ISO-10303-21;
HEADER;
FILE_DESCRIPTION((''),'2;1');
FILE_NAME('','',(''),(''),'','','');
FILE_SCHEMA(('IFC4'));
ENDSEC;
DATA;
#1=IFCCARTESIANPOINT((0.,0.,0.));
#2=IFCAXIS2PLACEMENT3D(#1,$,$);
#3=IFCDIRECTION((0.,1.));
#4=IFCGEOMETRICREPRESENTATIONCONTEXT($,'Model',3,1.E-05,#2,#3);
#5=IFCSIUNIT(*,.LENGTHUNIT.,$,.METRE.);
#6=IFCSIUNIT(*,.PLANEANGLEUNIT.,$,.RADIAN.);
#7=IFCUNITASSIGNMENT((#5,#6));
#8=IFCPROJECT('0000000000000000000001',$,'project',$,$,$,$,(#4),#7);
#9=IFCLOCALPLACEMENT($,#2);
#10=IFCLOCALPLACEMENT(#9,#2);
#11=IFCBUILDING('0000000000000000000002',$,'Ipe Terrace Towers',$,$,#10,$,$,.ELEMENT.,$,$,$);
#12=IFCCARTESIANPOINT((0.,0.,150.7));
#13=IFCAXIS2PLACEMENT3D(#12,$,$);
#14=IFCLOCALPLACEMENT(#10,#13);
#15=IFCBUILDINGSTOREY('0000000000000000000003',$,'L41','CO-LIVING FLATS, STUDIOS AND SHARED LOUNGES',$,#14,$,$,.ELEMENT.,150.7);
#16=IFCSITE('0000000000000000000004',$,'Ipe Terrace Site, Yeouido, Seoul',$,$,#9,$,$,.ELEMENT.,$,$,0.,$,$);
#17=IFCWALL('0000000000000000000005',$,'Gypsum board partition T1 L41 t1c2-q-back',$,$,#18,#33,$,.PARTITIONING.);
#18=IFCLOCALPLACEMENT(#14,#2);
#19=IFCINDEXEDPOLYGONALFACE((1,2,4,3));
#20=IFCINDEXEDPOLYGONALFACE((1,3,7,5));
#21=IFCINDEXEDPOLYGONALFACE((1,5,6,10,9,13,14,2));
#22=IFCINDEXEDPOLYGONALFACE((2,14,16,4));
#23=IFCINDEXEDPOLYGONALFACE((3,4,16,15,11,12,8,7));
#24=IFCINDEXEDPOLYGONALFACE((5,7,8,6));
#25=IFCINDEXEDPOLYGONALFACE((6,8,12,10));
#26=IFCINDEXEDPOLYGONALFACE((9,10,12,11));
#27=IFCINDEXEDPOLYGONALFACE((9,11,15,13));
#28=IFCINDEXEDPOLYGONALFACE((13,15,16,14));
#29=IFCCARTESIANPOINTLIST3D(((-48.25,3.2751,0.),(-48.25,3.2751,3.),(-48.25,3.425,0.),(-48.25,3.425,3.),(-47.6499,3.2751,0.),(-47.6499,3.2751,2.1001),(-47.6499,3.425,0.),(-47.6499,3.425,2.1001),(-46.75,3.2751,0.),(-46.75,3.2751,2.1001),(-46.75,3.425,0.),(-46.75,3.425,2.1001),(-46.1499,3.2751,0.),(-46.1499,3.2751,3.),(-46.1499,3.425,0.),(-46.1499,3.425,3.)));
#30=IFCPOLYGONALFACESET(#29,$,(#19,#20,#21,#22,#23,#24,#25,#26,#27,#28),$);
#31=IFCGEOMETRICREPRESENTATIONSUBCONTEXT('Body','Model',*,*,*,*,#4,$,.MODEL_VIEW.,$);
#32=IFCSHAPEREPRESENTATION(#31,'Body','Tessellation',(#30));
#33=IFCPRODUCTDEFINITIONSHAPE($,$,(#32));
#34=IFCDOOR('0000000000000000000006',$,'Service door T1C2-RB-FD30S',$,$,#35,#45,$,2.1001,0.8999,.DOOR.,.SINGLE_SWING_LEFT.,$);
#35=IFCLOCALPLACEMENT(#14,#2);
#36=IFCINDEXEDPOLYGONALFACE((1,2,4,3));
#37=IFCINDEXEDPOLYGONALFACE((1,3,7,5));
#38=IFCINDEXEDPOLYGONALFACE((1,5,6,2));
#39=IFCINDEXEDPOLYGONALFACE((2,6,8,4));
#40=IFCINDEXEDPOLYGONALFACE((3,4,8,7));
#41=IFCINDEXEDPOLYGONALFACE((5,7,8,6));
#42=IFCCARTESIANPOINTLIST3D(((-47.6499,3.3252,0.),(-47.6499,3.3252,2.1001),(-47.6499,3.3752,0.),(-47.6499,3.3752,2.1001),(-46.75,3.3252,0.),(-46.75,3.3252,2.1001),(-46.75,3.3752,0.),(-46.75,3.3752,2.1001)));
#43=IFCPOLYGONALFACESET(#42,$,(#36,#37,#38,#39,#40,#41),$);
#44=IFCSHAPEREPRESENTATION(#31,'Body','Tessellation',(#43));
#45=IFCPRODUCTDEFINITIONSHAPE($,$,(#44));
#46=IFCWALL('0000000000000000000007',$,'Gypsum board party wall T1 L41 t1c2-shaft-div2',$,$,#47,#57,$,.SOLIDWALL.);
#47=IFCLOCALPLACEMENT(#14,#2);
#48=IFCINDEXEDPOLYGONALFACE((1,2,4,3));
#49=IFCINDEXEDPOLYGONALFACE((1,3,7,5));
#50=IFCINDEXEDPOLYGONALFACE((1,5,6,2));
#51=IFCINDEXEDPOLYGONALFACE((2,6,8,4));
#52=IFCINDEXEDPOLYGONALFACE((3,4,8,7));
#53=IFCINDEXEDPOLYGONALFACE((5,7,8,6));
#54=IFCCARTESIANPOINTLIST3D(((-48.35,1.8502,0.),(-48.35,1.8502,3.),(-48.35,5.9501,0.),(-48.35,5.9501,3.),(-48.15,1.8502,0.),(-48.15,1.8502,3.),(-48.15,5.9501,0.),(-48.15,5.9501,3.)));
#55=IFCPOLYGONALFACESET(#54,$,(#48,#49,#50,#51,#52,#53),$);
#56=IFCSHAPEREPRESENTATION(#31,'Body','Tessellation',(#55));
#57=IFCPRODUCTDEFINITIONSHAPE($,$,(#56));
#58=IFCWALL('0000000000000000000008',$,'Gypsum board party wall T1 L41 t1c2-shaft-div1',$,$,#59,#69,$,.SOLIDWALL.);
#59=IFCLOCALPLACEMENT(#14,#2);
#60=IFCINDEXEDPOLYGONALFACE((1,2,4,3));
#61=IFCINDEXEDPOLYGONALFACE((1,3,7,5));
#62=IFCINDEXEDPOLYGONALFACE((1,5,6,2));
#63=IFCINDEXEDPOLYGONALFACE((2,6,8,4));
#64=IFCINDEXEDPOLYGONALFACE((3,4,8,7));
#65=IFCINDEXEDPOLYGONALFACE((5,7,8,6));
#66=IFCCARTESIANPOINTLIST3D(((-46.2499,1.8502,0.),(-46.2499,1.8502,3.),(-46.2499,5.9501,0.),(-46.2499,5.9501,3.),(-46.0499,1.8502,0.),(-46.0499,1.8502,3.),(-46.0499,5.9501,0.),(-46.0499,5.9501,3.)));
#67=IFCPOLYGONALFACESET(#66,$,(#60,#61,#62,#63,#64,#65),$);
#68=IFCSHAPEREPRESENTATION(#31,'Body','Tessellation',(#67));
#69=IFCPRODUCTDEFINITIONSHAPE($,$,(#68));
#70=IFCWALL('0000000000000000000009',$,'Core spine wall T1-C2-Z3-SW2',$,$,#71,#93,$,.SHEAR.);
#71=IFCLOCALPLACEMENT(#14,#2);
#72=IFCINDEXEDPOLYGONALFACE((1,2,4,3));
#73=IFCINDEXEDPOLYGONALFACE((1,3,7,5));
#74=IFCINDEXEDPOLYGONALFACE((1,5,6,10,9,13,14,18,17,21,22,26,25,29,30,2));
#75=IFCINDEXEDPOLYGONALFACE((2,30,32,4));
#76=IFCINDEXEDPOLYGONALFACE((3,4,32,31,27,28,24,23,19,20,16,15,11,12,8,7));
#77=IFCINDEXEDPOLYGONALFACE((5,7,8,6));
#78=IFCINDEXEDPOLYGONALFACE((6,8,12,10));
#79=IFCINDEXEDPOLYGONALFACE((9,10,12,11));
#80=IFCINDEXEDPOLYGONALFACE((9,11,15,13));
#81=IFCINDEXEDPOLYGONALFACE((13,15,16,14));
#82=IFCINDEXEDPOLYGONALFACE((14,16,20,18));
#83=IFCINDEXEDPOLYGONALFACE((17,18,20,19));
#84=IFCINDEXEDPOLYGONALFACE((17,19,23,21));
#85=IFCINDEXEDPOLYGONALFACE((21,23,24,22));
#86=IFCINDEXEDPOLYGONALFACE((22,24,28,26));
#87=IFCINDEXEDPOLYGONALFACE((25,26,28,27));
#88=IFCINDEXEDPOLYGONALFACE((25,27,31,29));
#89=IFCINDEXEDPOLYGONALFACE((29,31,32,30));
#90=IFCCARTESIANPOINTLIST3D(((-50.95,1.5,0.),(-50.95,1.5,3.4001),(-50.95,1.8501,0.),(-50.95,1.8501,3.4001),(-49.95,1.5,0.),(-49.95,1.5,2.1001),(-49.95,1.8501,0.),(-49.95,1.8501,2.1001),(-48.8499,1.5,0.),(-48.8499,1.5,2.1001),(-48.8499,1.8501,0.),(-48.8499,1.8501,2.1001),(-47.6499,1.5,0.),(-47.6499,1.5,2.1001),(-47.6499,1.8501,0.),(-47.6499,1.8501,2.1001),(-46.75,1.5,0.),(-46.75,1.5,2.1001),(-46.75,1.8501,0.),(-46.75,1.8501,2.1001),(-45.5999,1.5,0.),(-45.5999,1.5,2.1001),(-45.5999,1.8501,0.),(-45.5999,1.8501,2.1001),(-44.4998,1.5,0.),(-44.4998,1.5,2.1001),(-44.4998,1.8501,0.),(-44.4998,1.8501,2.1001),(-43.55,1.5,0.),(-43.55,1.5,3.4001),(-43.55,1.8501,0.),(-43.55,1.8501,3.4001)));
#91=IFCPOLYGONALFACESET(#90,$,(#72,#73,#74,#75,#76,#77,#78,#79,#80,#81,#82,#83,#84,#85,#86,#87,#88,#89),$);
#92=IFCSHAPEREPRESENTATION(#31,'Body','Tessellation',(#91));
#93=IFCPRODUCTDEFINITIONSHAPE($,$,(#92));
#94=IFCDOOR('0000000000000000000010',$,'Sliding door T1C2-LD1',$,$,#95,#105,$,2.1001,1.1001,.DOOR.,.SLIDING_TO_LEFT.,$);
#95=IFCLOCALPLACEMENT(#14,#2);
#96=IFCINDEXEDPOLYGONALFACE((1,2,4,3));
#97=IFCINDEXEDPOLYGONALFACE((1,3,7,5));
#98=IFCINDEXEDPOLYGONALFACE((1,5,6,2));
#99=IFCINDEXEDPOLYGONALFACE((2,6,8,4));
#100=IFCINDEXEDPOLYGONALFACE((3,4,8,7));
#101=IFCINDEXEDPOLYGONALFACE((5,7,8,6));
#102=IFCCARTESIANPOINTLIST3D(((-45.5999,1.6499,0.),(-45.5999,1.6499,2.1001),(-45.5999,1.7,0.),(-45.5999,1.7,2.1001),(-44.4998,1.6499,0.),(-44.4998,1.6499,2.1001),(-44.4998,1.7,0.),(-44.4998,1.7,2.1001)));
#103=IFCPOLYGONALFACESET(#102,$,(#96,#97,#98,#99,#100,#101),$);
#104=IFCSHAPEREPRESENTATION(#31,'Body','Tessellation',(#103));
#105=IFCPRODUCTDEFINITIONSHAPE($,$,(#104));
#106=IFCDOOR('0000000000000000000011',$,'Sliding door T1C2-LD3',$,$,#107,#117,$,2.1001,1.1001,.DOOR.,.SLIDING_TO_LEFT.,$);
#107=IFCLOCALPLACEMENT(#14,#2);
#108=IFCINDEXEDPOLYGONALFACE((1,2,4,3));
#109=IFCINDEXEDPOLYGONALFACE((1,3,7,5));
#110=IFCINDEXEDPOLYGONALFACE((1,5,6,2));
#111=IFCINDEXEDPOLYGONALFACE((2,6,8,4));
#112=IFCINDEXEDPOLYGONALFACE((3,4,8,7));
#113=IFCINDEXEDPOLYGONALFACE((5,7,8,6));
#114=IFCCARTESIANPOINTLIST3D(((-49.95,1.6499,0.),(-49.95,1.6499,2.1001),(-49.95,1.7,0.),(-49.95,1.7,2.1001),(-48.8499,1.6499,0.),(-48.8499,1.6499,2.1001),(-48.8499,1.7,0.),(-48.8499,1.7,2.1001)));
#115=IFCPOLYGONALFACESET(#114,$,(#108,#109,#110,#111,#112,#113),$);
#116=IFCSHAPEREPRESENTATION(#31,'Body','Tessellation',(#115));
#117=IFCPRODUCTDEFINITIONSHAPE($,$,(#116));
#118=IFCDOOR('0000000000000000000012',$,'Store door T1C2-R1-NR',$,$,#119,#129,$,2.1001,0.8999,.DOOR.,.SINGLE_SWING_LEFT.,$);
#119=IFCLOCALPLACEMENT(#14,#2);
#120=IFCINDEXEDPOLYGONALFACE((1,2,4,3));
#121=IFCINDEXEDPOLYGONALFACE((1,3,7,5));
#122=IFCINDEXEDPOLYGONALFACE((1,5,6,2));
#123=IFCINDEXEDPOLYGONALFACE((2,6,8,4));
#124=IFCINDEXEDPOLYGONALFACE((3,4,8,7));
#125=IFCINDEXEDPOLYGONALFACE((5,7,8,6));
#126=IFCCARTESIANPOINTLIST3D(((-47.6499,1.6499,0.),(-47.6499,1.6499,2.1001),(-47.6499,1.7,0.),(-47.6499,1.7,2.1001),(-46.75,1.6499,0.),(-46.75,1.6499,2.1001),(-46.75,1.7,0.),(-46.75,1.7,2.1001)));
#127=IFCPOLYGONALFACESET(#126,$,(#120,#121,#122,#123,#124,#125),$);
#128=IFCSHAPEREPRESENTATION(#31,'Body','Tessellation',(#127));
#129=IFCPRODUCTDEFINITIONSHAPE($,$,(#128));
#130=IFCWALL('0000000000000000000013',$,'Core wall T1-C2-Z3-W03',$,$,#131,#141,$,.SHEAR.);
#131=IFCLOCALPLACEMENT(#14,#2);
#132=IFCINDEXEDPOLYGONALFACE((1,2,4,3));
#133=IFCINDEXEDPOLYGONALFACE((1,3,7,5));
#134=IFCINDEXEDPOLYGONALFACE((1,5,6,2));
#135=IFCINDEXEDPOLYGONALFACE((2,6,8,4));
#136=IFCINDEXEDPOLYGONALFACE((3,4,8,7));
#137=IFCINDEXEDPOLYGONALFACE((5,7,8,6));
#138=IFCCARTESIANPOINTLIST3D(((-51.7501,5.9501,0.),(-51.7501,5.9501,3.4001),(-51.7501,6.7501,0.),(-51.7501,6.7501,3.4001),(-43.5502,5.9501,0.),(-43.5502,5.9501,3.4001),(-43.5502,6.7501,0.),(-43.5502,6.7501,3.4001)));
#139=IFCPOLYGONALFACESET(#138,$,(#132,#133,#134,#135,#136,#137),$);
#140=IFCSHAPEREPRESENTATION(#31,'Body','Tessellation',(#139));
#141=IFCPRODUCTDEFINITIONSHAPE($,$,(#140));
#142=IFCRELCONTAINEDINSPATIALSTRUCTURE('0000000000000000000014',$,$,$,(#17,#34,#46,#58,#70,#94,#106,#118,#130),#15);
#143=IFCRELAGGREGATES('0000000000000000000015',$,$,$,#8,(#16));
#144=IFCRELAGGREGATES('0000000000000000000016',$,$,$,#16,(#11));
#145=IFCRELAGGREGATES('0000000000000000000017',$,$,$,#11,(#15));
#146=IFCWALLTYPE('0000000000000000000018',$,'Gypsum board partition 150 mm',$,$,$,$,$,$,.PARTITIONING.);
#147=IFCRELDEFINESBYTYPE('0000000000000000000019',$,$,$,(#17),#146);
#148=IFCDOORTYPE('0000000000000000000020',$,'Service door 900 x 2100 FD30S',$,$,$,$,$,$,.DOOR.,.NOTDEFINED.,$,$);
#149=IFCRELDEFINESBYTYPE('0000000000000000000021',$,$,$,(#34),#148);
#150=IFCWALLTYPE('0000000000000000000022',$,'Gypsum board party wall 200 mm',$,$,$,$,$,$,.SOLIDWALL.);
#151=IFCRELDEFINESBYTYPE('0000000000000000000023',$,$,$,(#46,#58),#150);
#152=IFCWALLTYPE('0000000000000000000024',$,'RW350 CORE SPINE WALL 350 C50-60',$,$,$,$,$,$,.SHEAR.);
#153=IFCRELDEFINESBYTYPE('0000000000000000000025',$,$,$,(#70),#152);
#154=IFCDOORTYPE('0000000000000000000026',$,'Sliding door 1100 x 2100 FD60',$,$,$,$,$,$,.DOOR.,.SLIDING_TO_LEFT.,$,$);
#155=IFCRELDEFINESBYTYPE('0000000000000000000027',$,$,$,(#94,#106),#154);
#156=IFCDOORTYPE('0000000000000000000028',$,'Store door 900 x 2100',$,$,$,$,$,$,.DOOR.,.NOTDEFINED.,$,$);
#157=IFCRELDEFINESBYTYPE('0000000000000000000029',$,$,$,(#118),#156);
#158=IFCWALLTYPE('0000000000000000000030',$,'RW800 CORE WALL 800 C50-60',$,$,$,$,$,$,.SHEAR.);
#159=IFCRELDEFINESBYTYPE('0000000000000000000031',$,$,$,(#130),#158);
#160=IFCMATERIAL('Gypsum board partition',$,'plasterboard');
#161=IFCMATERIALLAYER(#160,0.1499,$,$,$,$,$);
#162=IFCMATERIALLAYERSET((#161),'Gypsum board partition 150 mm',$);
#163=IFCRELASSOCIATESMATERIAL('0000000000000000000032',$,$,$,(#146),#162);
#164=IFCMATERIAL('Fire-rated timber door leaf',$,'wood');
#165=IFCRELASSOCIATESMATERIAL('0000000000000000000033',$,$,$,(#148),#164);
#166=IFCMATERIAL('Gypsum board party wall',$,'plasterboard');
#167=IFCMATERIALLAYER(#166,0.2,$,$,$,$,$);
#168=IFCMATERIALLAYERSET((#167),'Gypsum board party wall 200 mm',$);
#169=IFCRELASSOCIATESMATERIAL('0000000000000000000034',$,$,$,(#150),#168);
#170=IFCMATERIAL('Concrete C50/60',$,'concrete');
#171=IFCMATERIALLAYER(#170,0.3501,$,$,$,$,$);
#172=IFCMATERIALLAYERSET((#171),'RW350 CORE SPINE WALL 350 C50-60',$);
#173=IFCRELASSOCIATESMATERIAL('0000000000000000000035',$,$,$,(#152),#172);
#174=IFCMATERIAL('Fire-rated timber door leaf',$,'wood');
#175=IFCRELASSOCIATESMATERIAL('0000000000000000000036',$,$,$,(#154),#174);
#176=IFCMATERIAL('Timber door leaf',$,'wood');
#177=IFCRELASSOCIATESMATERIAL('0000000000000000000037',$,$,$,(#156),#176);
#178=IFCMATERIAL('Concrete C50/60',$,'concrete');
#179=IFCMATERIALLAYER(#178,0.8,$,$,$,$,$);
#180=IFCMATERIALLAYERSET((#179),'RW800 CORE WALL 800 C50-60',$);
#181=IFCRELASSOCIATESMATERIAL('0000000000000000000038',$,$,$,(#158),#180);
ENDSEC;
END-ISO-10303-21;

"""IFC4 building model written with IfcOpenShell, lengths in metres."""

from ifc_helpers import new_model, si_unit, direction, frame, frame_2d, origin, place, context, subcontext, project, spatial, rectangle, extrude, material, layer, layer_set, type_object, element, fill, save


model = new_model("IFC4")

# Units and contexts
model_context = context("Model", 3, precision=1e-05, world=origin(), true_north=direction((0.0, 1.0)))
body_context = subcontext(model_context, "Body", "Model", "MODEL_VIEW")
ifc_project = project(units=[si_unit("LENGTHUNIT", "METRE"), si_unit("PLANEANGLEUNIT", "RADIAN")], contexts=[model_context])

# Site, building, storey
site_placement = place(None, origin())
site = spatial("IfcSite", under=ifc_project, at=site_placement, Name="Ipe Terrace Site, Yeouido, Seoul", CompositionType="ELEMENT", RefElevation=0.0)
building_placement = place(site_placement, origin())
building = spatial("IfcBuilding", under=site, at=building_placement, Name="Ipe Terrace Towers", CompositionType="ELEMENT")
storey_placement = place(building_placement, frame((0.0, 0.0, 150.7)))
storey = spatial("IfcBuildingStorey", under=building, at=storey_placement, Name="L41", Description="CO-LIVING FLATS, STUDIOS AND SHARED LOUNGES", CompositionType="ELEMENT", Elevation=150.7)

# Wall, opening, door
ifc_material_1 = material(Name="Gypsum board partition", Category="plasterboard")
ifc_layer_1 = layer(ifc_material_1, 0.1499)
ifc_layer_set_1 = layer_set([ifc_layer_1], Name="Gypsum board partition 150 mm")
wall_type_1 = type_object("IfcWallType", Name="Gypsum board partition 150 mm", PredefinedType="PARTITIONING", material=ifc_layer_set_1)
wall_1_placement = place(storey_placement, frame((-46.1499, 3.3501, 0.0), z_axis=(0.0, 0.0, 1.0), x_axis=(-1.0, 0.0, 0.0)))
wall_1 = element("IfcWall", 1, at=wall_1_placement, inside=storey, type_object=wall_type_1, Name="Gypsum board partition T1 L41 t1c2-q-back", PredefinedType="PARTITIONING", context=body_context, shape_type="SweptSolid", body=[
    extrude(rectangle(XDim=2.1001, YDim=0.1499, at=frame_2d((1.05, 0.0))), origin(), (0.0, 0.0, 1.0), 3.0),
])
opening_1_placement = place(wall_1_placement, frame((0.6001, 0.0, 0.0)))
opening_1 = element("IfcOpeningElement", 2, at=opening_1_placement, cuts=wall_1, PredefinedType="OPENING", context=body_context, shape_type="SweptSolid", body=[
    extrude(rectangle(XDim=0.8999, YDim=2.1001, at=frame_2d((0.45, 1.05))), frame((0.0, 0.085, 0.0), z_axis=(0.0, -1.0, 0.0), x_axis=(1.0, 0.0, 0.0)), (0.0, 0.0, 1.0), 0.1699),
])
ifc_material_2 = material(Name="Fire-rated timber door leaf", Category="wood")
door_type_1 = type_object("IfcDoorType", Name="Service door 900 x 2100 FD30S", OperationType="NOTDEFINED", PredefinedType="DOOR", material=ifc_material_2)
door_1_placement = place(opening_1_placement, origin())
door_1 = element("IfcDoor", 3, at=door_1_placement, inside=storey, type_object=door_type_1, Name="Service door T1C2-RB-FD30S", OperationType="SINGLE_SWING_LEFT", OverallHeight=2.1001, OverallWidth=0.8999, PredefinedType="DOOR", context=body_context, shape_type="SweptSolid", body=[
    extrude(rectangle(XDim=0.8999, YDim=2.1001, at=frame_2d((0.45, 1.05))), frame((0.0, 0.0249, 0.0), z_axis=(0.0, -1.0, 0.0), x_axis=(1.0, 0.0, 0.0)), (0.0, 0.0, 1.0), 0.05),
])
fill(opening_1, door_1)

# Walls
ifc_material_3 = material(Name="Gypsum board party wall", Category="plasterboard")
ifc_layer_2 = layer(ifc_material_3, 0.2)
ifc_layer_set_2 = layer_set([ifc_layer_2], Name="Gypsum board party wall 200 mm")
wall_type_2 = type_object("IfcWallType", Name="Gypsum board party wall 200 mm", PredefinedType="SOLIDWALL", material=ifc_layer_set_2)
for number, where, z_axis, x_axis, name in (
    (4, (-48.25, 5.95, 0.0), (0.0, 0.0, 1.0), (0.0, -1.0, 0.0), "Gypsum board party wall T1 L41 t1c2-shaft-div2"),
    (5, (-46.1499, 5.95, 0.0), (0.0, 0.0, 1.0), (0.0, -1.0, 0.0), "Gypsum board party wall T1 L41 t1c2-shaft-div1"),
):
    element("IfcWall", number, at=place(storey_placement, frame(where, z_axis=z_axis, x_axis=x_axis)), inside=storey, type_object=wall_type_2, Name=name, PredefinedType="SOLIDWALL", context=body_context, shape_type="SweptSolid", body=[
        extrude(rectangle(XDim=4.0999, YDim=0.2, at=frame_2d((2.0498, 0.0))), origin(), (0.0, 0.0, 1.0), 3.0),
    ])

# Wall, openings, doors
ifc_material_4 = material(Name="Concrete C50/60", Category="concrete")
ifc_layer_3 = layer(ifc_material_4, 0.3501)
ifc_layer_set_3 = layer_set([ifc_layer_3], Name="RW350 CORE SPINE WALL 350 C50-60")
wall_type_3 = type_object("IfcWallType", Name="RW350 CORE SPINE WALL 350 C50-60", PredefinedType="SHEAR", material=ifc_layer_set_3)
wall_2_placement = place(storey_placement, frame((-50.95, 1.675, 0.0), z_axis=(0.0, 0.0, 1.0), x_axis=(1.0, 0.0, 0.0)))
wall_2 = element("IfcWall", 6, at=wall_2_placement, inside=storey, type_object=wall_type_3, Name="Core spine wall T1-C2-Z3-SW2", PredefinedType="SHEAR", context=body_context, shape_type="SweptSolid", body=[
    extrude(rectangle(XDim=7.3999, YDim=0.3501, at=frame_2d((3.7, 0.0))), origin(), (0.0, 0.0, 1.0), 3.4001),
])
opening_2_placement = place(wall_2_placement, frame((5.3501, 0.0, 0.0)))
opening_2 = element("IfcOpeningElement", 7, at=opening_2_placement, cuts=wall_2, PredefinedType="OPENING", context=body_context, shape_type="SweptSolid", body=[
    extrude(rectangle(XDim=1.1001, YDim=2.1001, at=frame_2d((0.55, 1.05))), frame((0.0, 0.1851, 0.0), z_axis=(0.0, -1.0, 0.0), x_axis=(1.0, 0.0, 0.0)), (0.0, 0.0, 1.0), 0.3701),
])
opening_3_placement = place(wall_2_placement, frame((1.0, 0.0, 0.0)))
opening_3 = element("IfcOpeningElement", 8, at=opening_3_placement, cuts=wall_2, PredefinedType="OPENING", context=body_context, shape_type="SweptSolid", body=[
    extrude(rectangle(XDim=1.1001, YDim=2.1001, at=frame_2d((0.55, 1.05))), frame((0.0, 0.1851, 0.0), z_axis=(0.0, -1.0, 0.0), x_axis=(1.0, 0.0, 0.0)), (0.0, 0.0, 1.0), 0.3701),
])
opening_4_placement = place(wall_2_placement, frame((3.3, 0.0, 0.0)))
opening_4 = element("IfcOpeningElement", 9, at=opening_4_placement, cuts=wall_2, PredefinedType="OPENING", context=body_context, shape_type="SweptSolid", body=[
    extrude(rectangle(XDim=0.8999, YDim=2.1001, at=frame_2d((0.45, 1.05))), frame((0.0, 0.1851, 0.0), z_axis=(0.0, -1.0, 0.0), x_axis=(1.0, 0.0, 0.0)), (0.0, 0.0, 1.0), 0.3701),
])
ifc_material_5 = material(Name="Fire-rated timber door leaf", Category="wood")
door_type_2 = type_object("IfcDoorType", Name="Sliding door 1100 x 2100 FD60", OperationType="SLIDING_TO_LEFT", PredefinedType="DOOR", material=ifc_material_5)
door_2_placement = place(opening_2_placement, origin())
door_2 = element("IfcDoor", 10, at=door_2_placement, inside=storey, type_object=door_type_2, Name="Sliding door T1C2-LD1", OperationType="SLIDING_TO_LEFT", OverallHeight=2.1001, OverallWidth=1.1001, PredefinedType="DOOR", context=body_context, shape_type="SweptSolid", body=[
    extrude(rectangle(XDim=1.1001, YDim=2.1001, at=frame_2d((0.55, 1.05))), frame((0.0, 0.0249, 0.0), z_axis=(0.0, -1.0, 0.0), x_axis=(1.0, 0.0, 0.0)), (0.0, 0.0, 1.0), 0.05),
])
fill(opening_2, door_2)
door_3_placement = place(opening_3_placement, origin())
door_3 = element("IfcDoor", 11, at=door_3_placement, inside=storey, type_object=door_type_2, Name="Sliding door T1C2-LD3", OperationType="SLIDING_TO_LEFT", OverallHeight=2.1001, OverallWidth=1.1001, PredefinedType="DOOR", context=body_context, shape_type="SweptSolid", body=[
    extrude(rectangle(XDim=1.1001, YDim=2.1001, at=frame_2d((0.55, 1.05))), frame((0.0, 0.0249, 0.0), z_axis=(0.0, -1.0, 0.0), x_axis=(1.0, 0.0, 0.0)), (0.0, 0.0, 1.0), 0.05),
])
fill(opening_3, door_3)
ifc_material_6 = material(Name="Timber door leaf", Category="wood")
door_type_3 = type_object("IfcDoorType", Name="Store door 900 x 2100", OperationType="NOTDEFINED", PredefinedType="DOOR", material=ifc_material_6)
door_4_placement = place(opening_4_placement, origin())
door_4 = element("IfcDoor", 12, at=door_4_placement, inside=storey, type_object=door_type_3, Name="Store door T1C2-R1-NR", OperationType="SINGLE_SWING_LEFT", OverallHeight=2.1001, OverallWidth=0.8999, PredefinedType="DOOR", context=body_context, shape_type="SweptSolid", body=[
    extrude(rectangle(XDim=0.8999, YDim=2.1001, at=frame_2d((0.45, 1.05))), frame((0.0, 0.0249, 0.0), z_axis=(0.0, -1.0, 0.0), x_axis=(1.0, 0.0, 0.0)), (0.0, 0.0, 1.0), 0.05),
])
fill(opening_4, door_4)

# Wall
ifc_material_7 = material(Name="Concrete C50/60", Category="concrete")
ifc_layer_4 = layer(ifc_material_7, 0.8)
ifc_layer_set_4 = layer_set([ifc_layer_4], Name="RW800 CORE WALL 800 C50-60")
wall_type_4 = type_object("IfcWallType", Name="RW800 CORE WALL 800 C50-60", PredefinedType="SHEAR", material=ifc_layer_set_4)
wall_3_placement = place(storey_placement, frame((-43.55, 6.3501, 0.0), z_axis=(0.0, 0.0, 1.0), x_axis=(-1.0, 0.0, 0.0)))
element("IfcWall", 13, at=wall_3_placement, inside=storey, type_object=wall_type_4, Name="Core wall T1-C2-Z3-W03", PredefinedType="SHEAR", context=body_context, shape_type="SweptSolid", body=[
    extrude(rectangle(XDim=8.2, YDim=0.8, at=frame_2d((4.1001, 0.0))), origin(), (0.0, 0.0, 1.0), 3.4001),
])

save(model, "model.ifc")
